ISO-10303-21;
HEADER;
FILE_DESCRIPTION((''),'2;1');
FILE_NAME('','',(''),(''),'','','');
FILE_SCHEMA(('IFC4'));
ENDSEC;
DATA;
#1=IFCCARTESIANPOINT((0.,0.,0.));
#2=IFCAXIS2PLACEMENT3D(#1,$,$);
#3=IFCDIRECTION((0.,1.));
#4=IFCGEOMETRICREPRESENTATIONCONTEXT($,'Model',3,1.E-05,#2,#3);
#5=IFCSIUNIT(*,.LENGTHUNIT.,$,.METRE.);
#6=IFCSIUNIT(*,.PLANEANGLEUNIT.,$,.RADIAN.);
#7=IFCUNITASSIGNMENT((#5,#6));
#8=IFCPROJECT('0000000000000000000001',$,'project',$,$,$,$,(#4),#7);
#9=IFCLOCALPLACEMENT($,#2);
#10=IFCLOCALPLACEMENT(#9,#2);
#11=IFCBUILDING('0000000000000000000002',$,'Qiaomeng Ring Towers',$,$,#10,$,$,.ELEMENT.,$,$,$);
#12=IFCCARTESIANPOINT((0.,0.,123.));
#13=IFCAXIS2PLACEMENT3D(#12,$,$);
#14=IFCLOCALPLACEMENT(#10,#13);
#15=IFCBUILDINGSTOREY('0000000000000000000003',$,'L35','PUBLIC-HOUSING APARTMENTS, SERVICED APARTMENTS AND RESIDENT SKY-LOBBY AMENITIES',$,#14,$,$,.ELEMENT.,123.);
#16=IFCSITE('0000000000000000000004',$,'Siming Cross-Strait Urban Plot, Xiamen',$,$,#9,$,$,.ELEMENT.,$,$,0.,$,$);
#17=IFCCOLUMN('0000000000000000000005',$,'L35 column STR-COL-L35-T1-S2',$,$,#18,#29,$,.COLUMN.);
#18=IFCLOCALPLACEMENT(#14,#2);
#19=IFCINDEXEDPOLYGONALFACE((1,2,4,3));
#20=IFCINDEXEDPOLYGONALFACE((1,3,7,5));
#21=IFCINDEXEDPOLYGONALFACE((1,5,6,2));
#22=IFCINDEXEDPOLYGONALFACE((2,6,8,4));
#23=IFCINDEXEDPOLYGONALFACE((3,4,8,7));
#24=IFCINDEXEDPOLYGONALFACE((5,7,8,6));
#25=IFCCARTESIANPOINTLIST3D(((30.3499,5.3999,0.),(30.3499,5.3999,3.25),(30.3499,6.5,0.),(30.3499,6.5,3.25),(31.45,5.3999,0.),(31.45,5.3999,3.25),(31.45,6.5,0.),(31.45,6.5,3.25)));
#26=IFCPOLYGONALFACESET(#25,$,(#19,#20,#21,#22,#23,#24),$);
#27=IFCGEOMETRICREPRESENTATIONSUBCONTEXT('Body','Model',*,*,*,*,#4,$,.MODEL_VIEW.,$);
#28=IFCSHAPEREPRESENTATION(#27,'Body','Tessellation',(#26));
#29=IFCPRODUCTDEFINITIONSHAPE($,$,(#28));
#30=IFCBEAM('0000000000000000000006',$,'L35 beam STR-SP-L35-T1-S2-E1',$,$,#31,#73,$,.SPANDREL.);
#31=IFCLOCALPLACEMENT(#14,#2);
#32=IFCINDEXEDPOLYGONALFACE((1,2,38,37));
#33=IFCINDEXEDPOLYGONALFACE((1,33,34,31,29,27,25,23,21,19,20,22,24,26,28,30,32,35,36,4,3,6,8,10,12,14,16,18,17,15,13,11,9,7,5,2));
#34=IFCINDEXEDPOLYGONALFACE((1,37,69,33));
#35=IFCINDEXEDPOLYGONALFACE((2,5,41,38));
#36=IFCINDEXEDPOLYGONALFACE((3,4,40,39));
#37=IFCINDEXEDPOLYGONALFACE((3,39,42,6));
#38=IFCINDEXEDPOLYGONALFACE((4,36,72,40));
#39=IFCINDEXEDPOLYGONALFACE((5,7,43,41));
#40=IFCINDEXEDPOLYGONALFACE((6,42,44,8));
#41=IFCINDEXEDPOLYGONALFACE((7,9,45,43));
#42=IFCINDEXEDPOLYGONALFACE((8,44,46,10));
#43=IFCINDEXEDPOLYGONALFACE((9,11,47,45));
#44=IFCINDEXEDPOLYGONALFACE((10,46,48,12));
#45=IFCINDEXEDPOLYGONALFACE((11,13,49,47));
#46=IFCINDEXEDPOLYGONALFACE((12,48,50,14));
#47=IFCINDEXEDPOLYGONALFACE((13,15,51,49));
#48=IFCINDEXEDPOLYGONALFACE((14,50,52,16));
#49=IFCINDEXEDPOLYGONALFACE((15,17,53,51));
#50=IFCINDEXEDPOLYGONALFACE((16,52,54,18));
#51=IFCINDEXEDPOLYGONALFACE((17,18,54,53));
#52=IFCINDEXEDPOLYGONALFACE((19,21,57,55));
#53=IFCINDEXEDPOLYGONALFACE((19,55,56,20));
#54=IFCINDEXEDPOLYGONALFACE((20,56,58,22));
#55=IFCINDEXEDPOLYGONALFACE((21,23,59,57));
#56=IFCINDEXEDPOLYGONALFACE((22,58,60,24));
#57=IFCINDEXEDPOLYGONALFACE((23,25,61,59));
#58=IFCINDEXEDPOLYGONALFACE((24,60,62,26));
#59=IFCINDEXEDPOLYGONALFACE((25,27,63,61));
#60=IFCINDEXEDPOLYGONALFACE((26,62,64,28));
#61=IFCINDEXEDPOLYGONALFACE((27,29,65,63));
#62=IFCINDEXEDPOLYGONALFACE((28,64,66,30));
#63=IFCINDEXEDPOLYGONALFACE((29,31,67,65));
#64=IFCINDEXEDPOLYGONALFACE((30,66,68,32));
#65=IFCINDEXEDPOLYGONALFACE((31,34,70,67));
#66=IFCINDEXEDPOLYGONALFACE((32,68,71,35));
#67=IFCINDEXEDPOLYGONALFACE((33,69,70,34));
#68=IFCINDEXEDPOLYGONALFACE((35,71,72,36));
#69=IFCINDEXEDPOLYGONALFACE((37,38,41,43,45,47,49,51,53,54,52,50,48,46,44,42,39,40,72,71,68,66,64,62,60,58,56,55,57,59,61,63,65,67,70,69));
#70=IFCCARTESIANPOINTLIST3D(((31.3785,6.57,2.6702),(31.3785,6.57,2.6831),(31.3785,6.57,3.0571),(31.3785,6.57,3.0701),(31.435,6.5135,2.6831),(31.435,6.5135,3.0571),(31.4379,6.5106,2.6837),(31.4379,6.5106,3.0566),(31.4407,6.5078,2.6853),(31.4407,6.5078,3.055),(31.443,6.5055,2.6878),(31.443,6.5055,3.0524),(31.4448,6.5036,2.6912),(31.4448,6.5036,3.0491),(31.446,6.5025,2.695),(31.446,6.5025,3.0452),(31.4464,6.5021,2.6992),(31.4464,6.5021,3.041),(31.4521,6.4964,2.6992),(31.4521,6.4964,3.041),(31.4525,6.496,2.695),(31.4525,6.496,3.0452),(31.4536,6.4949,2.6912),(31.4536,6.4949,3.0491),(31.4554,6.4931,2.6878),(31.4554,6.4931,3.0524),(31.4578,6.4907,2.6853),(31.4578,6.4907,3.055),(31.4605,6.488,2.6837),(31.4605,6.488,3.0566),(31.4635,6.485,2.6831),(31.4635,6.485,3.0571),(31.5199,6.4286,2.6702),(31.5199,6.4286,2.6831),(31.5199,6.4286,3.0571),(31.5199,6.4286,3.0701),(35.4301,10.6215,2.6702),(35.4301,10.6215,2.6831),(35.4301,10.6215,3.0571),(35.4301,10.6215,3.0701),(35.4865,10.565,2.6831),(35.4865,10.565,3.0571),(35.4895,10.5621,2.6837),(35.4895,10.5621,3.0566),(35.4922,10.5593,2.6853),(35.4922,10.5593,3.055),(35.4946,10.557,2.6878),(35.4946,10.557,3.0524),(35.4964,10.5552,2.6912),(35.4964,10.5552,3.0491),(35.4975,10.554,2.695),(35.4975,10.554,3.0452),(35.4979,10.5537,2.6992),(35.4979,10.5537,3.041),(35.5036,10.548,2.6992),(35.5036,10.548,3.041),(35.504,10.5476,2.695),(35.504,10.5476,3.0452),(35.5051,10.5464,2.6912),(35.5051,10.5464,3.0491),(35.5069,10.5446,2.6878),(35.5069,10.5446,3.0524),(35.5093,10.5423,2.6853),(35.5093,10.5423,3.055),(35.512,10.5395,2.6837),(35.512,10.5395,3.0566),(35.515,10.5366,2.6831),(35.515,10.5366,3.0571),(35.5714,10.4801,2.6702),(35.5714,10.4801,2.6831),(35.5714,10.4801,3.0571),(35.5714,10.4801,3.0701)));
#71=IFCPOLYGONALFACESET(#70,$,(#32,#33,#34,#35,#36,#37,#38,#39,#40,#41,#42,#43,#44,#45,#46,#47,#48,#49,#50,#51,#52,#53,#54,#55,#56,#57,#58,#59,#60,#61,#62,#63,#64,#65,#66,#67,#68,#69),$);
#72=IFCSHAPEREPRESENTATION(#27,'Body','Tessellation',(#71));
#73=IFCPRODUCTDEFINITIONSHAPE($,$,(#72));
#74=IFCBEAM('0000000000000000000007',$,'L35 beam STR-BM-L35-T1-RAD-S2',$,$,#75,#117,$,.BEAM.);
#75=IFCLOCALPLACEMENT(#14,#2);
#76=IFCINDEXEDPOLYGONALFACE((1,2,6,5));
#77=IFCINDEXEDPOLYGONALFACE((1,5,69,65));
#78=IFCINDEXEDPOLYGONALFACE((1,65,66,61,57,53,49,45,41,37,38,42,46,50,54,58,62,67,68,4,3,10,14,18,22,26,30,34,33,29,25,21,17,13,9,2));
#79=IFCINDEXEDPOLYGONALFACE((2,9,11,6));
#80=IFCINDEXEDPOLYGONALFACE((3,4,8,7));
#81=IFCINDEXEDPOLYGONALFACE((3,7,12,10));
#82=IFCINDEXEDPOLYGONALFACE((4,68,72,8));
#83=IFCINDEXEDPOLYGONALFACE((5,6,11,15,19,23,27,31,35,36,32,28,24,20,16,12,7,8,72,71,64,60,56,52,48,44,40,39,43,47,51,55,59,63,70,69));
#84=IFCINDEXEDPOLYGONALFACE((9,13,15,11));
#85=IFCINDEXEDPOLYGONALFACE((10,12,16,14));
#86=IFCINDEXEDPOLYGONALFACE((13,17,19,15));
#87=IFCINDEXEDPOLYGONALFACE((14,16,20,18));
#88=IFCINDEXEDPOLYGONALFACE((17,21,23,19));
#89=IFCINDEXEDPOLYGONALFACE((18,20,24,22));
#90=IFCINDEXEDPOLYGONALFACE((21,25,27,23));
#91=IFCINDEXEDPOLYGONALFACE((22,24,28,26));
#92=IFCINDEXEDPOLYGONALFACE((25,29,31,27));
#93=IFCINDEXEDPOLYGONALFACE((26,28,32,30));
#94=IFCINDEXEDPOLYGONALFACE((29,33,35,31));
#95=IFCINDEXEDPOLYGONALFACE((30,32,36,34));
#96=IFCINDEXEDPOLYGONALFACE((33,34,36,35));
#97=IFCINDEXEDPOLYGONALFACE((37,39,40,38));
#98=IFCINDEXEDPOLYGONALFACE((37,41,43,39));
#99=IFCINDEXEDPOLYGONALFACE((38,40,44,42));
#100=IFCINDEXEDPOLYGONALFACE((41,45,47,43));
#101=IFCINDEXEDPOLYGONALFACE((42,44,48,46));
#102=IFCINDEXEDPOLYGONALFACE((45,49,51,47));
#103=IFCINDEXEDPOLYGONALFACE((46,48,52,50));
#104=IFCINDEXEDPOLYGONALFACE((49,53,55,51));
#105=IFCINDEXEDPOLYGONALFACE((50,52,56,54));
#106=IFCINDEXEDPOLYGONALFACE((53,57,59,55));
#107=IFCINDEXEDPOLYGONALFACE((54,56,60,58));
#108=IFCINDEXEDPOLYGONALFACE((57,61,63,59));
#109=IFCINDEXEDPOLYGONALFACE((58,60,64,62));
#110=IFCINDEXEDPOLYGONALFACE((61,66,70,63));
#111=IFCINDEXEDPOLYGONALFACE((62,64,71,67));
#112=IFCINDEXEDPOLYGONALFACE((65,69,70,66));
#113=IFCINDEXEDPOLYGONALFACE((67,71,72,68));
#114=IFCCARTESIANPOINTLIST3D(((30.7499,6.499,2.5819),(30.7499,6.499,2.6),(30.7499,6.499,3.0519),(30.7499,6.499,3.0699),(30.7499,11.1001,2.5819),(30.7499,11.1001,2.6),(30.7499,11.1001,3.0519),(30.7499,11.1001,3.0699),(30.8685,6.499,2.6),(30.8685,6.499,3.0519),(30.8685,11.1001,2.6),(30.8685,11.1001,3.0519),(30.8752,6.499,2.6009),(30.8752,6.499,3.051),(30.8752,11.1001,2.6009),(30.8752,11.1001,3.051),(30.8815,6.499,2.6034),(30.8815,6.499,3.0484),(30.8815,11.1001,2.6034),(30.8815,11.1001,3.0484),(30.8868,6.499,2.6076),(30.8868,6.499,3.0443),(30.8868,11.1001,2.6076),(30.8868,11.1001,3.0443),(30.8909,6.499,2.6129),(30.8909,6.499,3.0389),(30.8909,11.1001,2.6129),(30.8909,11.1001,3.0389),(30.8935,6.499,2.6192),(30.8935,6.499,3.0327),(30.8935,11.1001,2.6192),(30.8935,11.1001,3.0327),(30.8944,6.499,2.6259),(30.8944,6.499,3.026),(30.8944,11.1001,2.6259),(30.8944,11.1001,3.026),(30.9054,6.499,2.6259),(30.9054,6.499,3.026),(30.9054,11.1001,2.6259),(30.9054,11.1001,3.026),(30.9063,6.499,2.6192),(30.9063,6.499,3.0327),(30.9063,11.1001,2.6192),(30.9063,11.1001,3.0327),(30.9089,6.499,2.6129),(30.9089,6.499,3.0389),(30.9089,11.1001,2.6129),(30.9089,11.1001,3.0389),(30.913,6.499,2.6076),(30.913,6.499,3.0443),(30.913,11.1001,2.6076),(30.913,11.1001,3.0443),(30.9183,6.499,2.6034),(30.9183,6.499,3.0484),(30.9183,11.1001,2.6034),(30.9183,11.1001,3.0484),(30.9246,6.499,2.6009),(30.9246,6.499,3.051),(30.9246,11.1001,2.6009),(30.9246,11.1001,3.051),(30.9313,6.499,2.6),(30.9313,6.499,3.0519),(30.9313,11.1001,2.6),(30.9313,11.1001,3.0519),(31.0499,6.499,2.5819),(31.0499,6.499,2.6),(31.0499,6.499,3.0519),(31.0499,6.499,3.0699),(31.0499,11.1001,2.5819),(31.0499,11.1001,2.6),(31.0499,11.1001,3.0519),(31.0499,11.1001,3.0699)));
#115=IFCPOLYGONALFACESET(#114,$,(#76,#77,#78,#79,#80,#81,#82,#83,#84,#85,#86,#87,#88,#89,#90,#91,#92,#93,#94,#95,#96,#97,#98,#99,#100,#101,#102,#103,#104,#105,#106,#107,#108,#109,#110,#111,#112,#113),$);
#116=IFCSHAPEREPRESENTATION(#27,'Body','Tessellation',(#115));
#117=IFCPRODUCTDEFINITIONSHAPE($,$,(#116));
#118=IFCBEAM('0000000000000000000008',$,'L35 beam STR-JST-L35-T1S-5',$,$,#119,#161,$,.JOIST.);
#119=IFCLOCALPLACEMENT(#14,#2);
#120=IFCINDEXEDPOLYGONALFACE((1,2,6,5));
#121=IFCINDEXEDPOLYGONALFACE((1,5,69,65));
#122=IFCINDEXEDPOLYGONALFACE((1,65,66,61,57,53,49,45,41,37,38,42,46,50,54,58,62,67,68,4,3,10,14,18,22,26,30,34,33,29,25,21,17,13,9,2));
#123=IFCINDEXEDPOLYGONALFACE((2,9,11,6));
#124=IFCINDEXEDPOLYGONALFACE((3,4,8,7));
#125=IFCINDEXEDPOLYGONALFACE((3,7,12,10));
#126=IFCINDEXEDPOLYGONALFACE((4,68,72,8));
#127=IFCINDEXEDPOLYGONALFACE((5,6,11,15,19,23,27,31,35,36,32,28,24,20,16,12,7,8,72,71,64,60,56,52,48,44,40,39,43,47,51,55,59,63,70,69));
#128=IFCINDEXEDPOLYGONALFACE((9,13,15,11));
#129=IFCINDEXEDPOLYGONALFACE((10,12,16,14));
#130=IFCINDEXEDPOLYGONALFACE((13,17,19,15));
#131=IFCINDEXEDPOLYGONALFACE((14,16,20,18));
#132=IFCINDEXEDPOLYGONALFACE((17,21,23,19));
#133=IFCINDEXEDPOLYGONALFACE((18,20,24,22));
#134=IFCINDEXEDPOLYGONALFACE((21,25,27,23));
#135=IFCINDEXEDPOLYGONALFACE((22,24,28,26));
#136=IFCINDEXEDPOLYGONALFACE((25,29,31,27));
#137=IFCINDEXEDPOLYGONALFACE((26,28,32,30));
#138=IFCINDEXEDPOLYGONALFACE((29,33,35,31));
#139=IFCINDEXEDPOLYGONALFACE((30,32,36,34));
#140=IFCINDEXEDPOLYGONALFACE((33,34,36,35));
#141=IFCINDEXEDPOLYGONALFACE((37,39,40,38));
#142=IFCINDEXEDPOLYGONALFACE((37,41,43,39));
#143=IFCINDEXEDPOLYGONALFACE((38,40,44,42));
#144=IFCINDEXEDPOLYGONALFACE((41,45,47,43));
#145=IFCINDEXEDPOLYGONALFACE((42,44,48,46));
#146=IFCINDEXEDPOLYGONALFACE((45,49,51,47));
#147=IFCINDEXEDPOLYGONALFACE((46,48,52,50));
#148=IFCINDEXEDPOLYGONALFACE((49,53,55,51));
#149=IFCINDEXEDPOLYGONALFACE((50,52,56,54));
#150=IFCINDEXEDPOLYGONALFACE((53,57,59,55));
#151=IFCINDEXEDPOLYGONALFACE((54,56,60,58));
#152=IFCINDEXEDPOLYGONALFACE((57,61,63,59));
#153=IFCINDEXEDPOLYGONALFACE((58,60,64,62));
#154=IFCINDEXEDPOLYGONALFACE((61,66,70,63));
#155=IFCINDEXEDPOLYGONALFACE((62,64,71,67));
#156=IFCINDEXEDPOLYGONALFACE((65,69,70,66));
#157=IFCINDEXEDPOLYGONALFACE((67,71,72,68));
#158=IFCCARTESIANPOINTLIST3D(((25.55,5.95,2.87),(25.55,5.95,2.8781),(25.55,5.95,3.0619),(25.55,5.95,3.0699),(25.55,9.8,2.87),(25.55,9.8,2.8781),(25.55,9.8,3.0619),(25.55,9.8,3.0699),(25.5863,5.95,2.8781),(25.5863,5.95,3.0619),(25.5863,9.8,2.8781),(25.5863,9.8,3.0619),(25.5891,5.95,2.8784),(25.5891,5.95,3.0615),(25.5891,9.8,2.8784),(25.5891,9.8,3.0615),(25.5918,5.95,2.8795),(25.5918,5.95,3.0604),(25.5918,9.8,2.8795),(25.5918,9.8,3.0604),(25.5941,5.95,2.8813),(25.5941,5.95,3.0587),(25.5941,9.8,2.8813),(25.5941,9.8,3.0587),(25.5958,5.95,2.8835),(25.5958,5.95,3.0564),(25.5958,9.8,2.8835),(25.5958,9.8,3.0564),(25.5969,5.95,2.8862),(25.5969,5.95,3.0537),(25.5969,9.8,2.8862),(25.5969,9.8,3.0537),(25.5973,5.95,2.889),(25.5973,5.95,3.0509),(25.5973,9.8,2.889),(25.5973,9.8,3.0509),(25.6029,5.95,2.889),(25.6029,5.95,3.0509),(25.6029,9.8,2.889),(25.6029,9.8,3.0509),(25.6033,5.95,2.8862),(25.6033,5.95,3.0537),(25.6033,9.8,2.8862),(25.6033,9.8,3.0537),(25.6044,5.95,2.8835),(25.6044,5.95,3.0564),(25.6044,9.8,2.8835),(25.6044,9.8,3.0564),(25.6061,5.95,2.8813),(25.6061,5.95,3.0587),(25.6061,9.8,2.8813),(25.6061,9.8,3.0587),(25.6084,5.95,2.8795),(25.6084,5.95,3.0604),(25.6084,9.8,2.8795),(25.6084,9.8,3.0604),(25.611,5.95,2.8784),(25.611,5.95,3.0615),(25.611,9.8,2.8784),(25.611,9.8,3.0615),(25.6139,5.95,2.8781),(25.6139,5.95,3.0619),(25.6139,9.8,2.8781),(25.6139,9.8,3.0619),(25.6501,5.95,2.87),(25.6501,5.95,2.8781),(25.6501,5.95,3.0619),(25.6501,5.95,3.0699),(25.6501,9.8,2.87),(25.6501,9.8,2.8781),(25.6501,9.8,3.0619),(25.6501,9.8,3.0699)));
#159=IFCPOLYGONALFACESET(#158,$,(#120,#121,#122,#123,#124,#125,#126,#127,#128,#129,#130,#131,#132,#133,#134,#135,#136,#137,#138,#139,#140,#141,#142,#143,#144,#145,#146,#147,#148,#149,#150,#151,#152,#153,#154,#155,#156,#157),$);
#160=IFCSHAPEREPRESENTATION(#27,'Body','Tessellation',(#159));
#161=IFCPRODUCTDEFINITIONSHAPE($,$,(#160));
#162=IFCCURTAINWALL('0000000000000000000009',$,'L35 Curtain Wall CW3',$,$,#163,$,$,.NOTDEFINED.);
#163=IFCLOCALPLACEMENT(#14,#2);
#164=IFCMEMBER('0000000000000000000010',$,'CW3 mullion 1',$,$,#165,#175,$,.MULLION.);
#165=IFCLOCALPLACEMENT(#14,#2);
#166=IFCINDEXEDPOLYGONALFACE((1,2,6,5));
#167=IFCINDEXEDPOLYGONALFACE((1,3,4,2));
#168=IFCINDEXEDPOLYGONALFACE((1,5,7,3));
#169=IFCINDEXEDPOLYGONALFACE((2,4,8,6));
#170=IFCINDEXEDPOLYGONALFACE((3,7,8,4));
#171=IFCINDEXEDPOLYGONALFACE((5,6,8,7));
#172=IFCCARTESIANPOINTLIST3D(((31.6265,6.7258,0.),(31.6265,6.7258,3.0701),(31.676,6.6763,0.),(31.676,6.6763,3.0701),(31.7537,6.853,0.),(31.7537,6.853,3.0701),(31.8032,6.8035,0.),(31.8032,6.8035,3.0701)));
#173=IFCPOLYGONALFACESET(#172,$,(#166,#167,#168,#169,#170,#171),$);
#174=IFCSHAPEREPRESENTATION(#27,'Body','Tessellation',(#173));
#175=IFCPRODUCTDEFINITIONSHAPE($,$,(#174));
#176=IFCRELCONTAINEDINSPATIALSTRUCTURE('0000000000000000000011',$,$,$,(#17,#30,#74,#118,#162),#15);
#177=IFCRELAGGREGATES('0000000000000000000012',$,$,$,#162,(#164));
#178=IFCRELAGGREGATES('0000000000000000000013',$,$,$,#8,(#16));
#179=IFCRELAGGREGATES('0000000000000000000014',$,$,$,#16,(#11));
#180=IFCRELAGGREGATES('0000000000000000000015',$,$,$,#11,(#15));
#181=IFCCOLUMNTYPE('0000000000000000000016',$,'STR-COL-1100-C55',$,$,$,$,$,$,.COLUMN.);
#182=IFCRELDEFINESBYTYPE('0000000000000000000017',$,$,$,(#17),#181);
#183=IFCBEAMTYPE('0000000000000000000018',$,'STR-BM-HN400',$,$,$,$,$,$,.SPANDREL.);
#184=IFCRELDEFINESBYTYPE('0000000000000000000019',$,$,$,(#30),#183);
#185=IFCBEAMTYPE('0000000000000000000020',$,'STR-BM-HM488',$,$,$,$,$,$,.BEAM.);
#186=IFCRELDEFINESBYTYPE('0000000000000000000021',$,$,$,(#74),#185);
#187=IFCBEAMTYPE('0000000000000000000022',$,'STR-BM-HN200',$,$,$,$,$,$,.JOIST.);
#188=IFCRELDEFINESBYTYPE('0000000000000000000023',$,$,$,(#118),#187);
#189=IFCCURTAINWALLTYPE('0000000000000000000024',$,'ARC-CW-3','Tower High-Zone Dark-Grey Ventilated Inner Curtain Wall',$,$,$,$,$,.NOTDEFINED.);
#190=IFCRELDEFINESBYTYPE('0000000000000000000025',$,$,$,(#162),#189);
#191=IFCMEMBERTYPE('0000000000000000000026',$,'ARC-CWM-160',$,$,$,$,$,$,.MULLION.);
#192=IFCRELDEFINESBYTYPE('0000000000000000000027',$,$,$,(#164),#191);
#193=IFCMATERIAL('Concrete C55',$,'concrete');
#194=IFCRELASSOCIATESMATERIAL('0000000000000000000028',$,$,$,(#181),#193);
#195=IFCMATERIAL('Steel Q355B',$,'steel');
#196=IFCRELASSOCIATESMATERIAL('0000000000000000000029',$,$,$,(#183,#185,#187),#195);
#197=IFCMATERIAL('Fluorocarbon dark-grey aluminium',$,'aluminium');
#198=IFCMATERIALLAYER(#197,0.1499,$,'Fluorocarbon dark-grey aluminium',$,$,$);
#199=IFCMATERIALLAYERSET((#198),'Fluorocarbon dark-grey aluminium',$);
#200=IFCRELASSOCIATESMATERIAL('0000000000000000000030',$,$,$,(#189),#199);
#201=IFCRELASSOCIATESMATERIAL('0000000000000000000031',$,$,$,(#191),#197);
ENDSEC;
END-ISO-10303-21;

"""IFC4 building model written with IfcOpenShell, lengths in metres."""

from ifc_helpers import new_model, si_unit, direction, frame, origin, origin_2d, place, context, subcontext, project, spatial, rectangle, i_section, extrude, source, transform, mapped, material, layer, layer_set, material_profile, profile_set, type_object, element, aggregate, save


model = new_model("IFC4")

# Units and contexts
model_context = context("Model", 3, precision=1e-05, world=origin(), true_north=direction((0.0, 1.0)))
body_context = subcontext(model_context, "Body", "Model", "MODEL_VIEW")
ifc_project = project(units=[si_unit("LENGTHUNIT", "METRE"), si_unit("PLANEANGLEUNIT", "RADIAN")], contexts=[model_context])

# Site, building, storey
site_placement = place(None, origin())
site = spatial("IfcSite", under=ifc_project, at=site_placement, Name="Siming Cross-Strait Urban Plot, Xiamen", CompositionType="ELEMENT", RefElevation=0.0)
building_placement = place(site_placement, origin())
building = spatial("IfcBuilding", under=site, at=building_placement, Name="Qiaomeng Ring Towers", CompositionType="ELEMENT")
storey_placement = place(building_placement, frame((0.0, 0.0, 123.0)))
storey = spatial("IfcBuildingStorey", under=building, at=storey_placement, Name="L35", Description="PUBLIC-HOUSING APARTMENTS, SERVICED APARTMENTS AND RESIDENT SKY-LOBBY AMENITIES", CompositionType="ELEMENT", Elevation=123.0)

# Column
ifc_material_1 = material(Name="Concrete C55", Category="concrete")
ifc_material_profile_1 = material_profile(ifc_material_1, rectangle(XDim=1.1001, YDim=1.1001, at=origin_2d()), Name="RC COL 1100x1100")
ifc_profile_set_1 = profile_set([ifc_material_profile_1], Name="Concrete C55")
column_type = type_object("IfcColumnType", Name="STR-COL-1100-C55", PredefinedType="COLUMN", material=ifc_profile_set_1)
shared_shape_1 = source(origin(), body_context, "Body", "SweptSolid", [
    extrude(rectangle(XDim=1.1001, YDim=1.1001, at=origin_2d()), origin(), (0.0, 0.0, 1.0), 3.25),
])
column_placement = place(storey_placement, frame((30.8999, 5.95, 0.0), z_axis=(0.0, 0.0, 1.0), x_axis=(1.0, 0.0, 0.0)))
element("IfcColumn", 1, at=column_placement, inside=storey, type_object=column_type, Name="L35 column STR-COL-L35-T1-S2", PredefinedType="COLUMN", context=body_context, shape_type="MappedRepresentation", body=[
    mapped(shared_shape_1, transform((0.0, 0.0, 0.0), x_axis=(1.0, 0.0, 0.0), y_axis=(0.0, 1.0, 0.0), z_axis=(0.0, 0.0, 1.0), scale=1.0)),
])

# Beams
ifc_material_2 = material(Name="Steel Q355B", Category="steel")
ifc_material_profile_2 = material_profile(ifc_material_2, i_section(OverallWidth=0.2, OverallDepth=0.3999, WebThickness=0.0081, FlangeThickness=0.0129, FilletRadius=0.0161, at=origin_2d()), Name="HN 400x200x8x13")
ifc_profile_set_2 = profile_set([ifc_material_profile_2], Name="Steel Q355B")
beam_type_1 = type_object("IfcBeamType", Name="STR-BM-HN400", PredefinedType="SPANDREL", material=ifc_profile_set_2)
shared_shape_2 = source(origin(), body_context, "Body", "SweptSolid", [
    extrude(i_section(OverallWidth=0.2, OverallDepth=0.3999, WebThickness=0.0081, FlangeThickness=0.0129, FilletRadius=0.0161, at=origin_2d()), origin(), (0.0, 0.0, 1.0), 5.7297),
])
beam_1_placement = place(storey_placement, frame((31.4492, 6.4993, 2.8701), z_axis=(0.707107, 0.707107, 0.0), x_axis=(-0.707107, 0.707107, 0.0)))
element("IfcBeam", 2, at=beam_1_placement, inside=storey, type_object=beam_type_1, Name="L35 beam STR-SP-L35-T1-S2-E1", PredefinedType="SPANDREL", context=body_context, shape_type="MappedRepresentation", body=[
    mapped(shared_shape_2, transform((0.0, 0.0, 0.0), x_axis=(1.0, 0.0, 0.0), y_axis=(0.0, 1.0, 0.0), z_axis=(0.0, 0.0, 1.0), scale=1.0)),
])
ifc_material_profile_3 = material_profile(ifc_material_2, i_section(OverallWidth=0.3, OverallDepth=0.488, WebThickness=0.011, FlangeThickness=0.0181, FilletRadius=0.0259, at=origin_2d()), Name="HM 488x300x11x18")
ifc_profile_set_3 = profile_set([ifc_material_profile_3], Name="Steel Q355B")
beam_type_2 = type_object("IfcBeamType", Name="STR-BM-HM488", PredefinedType="BEAM", material=ifc_profile_set_3)
shared_shape_3 = source(origin(), body_context, "Body", "SweptSolid", [
    extrude(i_section(OverallWidth=0.3, OverallDepth=0.488, WebThickness=0.011, FlangeThickness=0.0181, FilletRadius=0.0259, at=origin_2d()), origin(), (0.0, 0.0, 1.0), 4.6011),
])
beam_2_placement = place(storey_placement, frame((30.8999, 6.499, 2.8259), z_axis=(0.0, 1.0, 0.0), x_axis=(-1.0, 0.0, 0.0)))
element("IfcBeam", 3, at=beam_2_placement, inside=storey, type_object=beam_type_2, Name="L35 beam STR-BM-L35-T1-RAD-S2", PredefinedType="BEAM", context=body_context, shape_type="MappedRepresentation", body=[
    mapped(shared_shape_3, transform((0.0, 0.0, 0.0), x_axis=(1.0, 0.0, 0.0), y_axis=(0.0, 1.0, 0.0), z_axis=(0.0, 0.0, 1.0), scale=1.0)),
])
ifc_material_profile_4 = material_profile(ifc_material_2, i_section(OverallWidth=0.1001, OverallDepth=0.2, WebThickness=0.0056, FlangeThickness=0.0081, FilletRadius=0.011, at=origin_2d()), Name="HN 200x100x5.5x8")
ifc_profile_set_4 = profile_set([ifc_material_profile_4], Name="Steel Q355B")
beam_type_3 = type_object("IfcBeamType", Name="STR-BM-HN200", PredefinedType="JOIST", material=ifc_profile_set_4)
shared_shape_4 = source(origin(), body_context, "Body", "SweptSolid", [
    extrude(i_section(OverallWidth=0.1001, OverallDepth=0.2, WebThickness=0.0056, FlangeThickness=0.0081, FilletRadius=0.011, at=origin_2d()), origin(), (0.0, 0.0, 1.0), 3.8501),
])
beam_3_placement = place(storey_placement, frame((25.6001, 5.95, 2.97), z_axis=(0.0, 1.0, 0.0), x_axis=(-1.0, 0.0, 0.0)))
element("IfcBeam", 4, at=beam_3_placement, inside=storey, type_object=beam_type_3, Name="L35 beam STR-JST-L35-T1S-5", PredefinedType="JOIST", context=body_context, shape_type="MappedRepresentation", body=[
    mapped(shared_shape_4, transform((0.0, 0.0, 0.0), x_axis=(1.0, 0.0, 0.0), y_axis=(0.0, 1.0, 0.0), z_axis=(0.0, 0.0, 1.0), scale=1.0)),
])

# Curtain wall, member
ifc_material_3 = material(Name="Fluorocarbon dark-grey aluminium", Category="aluminium")
ifc_layer_1 = layer(ifc_material_3, 0.1499, Name="Fluorocarbon dark-grey aluminium")
ifc_layer_set_1 = layer_set([ifc_layer_1], Name="Fluorocarbon dark-grey aluminium")
curtain_wall_type = type_object("IfcCurtainWallType", Name="ARC-CW-3", Description="Tower High-Zone Dark-Grey Ventilated Inner Curtain Wall", PredefinedType="NOTDEFINED", material=ifc_layer_set_1)
curtain_wall_placement = place(storey_placement, origin())
curtain_wall = element("IfcCurtainWall", 5, at=curtain_wall_placement, inside=storey, type_object=curtain_wall_type, Name="L35 Curtain Wall CW3", PredefinedType="NOTDEFINED")
ifc_material_profile_5 = material_profile(ifc_material_3, rectangle(XDim=0.0701, YDim=0.1799, at=origin_2d()), Name="ALU MULL 70x180")
ifc_profile_set_5 = profile_set([ifc_material_profile_5], Name="Fluorocarbon dark-grey aluminium")
member_type_1 = type_object("IfcMemberType", Name="ARC-CWM-160", PredefinedType="MULLION", material=ifc_profile_set_5)
shared_shape_5 = source(origin(), body_context, "Body", "SweptSolid", [
    extrude(rectangle(XDim=0.0701, YDim=0.1799, at=origin_2d()), origin(), (0.0, 0.0, 1.0), 3.0701),
])
member_1_placement = place(storey_placement, frame((31.7148, 6.7646, 0.0), z_axis=(0.0, 0.0, 1.0), x_axis=(-0.707107, 0.707107, 0.0)))
member_1 = element("IfcMember", 6, at=member_1_placement, type_object=member_type_1, Name="CW3 mullion 1", PredefinedType="MULLION", context=body_context, shape_type="MappedRepresentation", body=[
    mapped(shared_shape_5, transform((0.0, 0.0, 0.0), x_axis=(1.0, 0.0, 0.0), y_axis=(0.0, 1.0, 0.0), z_axis=(0.0, 0.0, 1.0), scale=1.0)),
])
aggregate(curtain_wall, [member_1])

save(model, "model.ifc")
